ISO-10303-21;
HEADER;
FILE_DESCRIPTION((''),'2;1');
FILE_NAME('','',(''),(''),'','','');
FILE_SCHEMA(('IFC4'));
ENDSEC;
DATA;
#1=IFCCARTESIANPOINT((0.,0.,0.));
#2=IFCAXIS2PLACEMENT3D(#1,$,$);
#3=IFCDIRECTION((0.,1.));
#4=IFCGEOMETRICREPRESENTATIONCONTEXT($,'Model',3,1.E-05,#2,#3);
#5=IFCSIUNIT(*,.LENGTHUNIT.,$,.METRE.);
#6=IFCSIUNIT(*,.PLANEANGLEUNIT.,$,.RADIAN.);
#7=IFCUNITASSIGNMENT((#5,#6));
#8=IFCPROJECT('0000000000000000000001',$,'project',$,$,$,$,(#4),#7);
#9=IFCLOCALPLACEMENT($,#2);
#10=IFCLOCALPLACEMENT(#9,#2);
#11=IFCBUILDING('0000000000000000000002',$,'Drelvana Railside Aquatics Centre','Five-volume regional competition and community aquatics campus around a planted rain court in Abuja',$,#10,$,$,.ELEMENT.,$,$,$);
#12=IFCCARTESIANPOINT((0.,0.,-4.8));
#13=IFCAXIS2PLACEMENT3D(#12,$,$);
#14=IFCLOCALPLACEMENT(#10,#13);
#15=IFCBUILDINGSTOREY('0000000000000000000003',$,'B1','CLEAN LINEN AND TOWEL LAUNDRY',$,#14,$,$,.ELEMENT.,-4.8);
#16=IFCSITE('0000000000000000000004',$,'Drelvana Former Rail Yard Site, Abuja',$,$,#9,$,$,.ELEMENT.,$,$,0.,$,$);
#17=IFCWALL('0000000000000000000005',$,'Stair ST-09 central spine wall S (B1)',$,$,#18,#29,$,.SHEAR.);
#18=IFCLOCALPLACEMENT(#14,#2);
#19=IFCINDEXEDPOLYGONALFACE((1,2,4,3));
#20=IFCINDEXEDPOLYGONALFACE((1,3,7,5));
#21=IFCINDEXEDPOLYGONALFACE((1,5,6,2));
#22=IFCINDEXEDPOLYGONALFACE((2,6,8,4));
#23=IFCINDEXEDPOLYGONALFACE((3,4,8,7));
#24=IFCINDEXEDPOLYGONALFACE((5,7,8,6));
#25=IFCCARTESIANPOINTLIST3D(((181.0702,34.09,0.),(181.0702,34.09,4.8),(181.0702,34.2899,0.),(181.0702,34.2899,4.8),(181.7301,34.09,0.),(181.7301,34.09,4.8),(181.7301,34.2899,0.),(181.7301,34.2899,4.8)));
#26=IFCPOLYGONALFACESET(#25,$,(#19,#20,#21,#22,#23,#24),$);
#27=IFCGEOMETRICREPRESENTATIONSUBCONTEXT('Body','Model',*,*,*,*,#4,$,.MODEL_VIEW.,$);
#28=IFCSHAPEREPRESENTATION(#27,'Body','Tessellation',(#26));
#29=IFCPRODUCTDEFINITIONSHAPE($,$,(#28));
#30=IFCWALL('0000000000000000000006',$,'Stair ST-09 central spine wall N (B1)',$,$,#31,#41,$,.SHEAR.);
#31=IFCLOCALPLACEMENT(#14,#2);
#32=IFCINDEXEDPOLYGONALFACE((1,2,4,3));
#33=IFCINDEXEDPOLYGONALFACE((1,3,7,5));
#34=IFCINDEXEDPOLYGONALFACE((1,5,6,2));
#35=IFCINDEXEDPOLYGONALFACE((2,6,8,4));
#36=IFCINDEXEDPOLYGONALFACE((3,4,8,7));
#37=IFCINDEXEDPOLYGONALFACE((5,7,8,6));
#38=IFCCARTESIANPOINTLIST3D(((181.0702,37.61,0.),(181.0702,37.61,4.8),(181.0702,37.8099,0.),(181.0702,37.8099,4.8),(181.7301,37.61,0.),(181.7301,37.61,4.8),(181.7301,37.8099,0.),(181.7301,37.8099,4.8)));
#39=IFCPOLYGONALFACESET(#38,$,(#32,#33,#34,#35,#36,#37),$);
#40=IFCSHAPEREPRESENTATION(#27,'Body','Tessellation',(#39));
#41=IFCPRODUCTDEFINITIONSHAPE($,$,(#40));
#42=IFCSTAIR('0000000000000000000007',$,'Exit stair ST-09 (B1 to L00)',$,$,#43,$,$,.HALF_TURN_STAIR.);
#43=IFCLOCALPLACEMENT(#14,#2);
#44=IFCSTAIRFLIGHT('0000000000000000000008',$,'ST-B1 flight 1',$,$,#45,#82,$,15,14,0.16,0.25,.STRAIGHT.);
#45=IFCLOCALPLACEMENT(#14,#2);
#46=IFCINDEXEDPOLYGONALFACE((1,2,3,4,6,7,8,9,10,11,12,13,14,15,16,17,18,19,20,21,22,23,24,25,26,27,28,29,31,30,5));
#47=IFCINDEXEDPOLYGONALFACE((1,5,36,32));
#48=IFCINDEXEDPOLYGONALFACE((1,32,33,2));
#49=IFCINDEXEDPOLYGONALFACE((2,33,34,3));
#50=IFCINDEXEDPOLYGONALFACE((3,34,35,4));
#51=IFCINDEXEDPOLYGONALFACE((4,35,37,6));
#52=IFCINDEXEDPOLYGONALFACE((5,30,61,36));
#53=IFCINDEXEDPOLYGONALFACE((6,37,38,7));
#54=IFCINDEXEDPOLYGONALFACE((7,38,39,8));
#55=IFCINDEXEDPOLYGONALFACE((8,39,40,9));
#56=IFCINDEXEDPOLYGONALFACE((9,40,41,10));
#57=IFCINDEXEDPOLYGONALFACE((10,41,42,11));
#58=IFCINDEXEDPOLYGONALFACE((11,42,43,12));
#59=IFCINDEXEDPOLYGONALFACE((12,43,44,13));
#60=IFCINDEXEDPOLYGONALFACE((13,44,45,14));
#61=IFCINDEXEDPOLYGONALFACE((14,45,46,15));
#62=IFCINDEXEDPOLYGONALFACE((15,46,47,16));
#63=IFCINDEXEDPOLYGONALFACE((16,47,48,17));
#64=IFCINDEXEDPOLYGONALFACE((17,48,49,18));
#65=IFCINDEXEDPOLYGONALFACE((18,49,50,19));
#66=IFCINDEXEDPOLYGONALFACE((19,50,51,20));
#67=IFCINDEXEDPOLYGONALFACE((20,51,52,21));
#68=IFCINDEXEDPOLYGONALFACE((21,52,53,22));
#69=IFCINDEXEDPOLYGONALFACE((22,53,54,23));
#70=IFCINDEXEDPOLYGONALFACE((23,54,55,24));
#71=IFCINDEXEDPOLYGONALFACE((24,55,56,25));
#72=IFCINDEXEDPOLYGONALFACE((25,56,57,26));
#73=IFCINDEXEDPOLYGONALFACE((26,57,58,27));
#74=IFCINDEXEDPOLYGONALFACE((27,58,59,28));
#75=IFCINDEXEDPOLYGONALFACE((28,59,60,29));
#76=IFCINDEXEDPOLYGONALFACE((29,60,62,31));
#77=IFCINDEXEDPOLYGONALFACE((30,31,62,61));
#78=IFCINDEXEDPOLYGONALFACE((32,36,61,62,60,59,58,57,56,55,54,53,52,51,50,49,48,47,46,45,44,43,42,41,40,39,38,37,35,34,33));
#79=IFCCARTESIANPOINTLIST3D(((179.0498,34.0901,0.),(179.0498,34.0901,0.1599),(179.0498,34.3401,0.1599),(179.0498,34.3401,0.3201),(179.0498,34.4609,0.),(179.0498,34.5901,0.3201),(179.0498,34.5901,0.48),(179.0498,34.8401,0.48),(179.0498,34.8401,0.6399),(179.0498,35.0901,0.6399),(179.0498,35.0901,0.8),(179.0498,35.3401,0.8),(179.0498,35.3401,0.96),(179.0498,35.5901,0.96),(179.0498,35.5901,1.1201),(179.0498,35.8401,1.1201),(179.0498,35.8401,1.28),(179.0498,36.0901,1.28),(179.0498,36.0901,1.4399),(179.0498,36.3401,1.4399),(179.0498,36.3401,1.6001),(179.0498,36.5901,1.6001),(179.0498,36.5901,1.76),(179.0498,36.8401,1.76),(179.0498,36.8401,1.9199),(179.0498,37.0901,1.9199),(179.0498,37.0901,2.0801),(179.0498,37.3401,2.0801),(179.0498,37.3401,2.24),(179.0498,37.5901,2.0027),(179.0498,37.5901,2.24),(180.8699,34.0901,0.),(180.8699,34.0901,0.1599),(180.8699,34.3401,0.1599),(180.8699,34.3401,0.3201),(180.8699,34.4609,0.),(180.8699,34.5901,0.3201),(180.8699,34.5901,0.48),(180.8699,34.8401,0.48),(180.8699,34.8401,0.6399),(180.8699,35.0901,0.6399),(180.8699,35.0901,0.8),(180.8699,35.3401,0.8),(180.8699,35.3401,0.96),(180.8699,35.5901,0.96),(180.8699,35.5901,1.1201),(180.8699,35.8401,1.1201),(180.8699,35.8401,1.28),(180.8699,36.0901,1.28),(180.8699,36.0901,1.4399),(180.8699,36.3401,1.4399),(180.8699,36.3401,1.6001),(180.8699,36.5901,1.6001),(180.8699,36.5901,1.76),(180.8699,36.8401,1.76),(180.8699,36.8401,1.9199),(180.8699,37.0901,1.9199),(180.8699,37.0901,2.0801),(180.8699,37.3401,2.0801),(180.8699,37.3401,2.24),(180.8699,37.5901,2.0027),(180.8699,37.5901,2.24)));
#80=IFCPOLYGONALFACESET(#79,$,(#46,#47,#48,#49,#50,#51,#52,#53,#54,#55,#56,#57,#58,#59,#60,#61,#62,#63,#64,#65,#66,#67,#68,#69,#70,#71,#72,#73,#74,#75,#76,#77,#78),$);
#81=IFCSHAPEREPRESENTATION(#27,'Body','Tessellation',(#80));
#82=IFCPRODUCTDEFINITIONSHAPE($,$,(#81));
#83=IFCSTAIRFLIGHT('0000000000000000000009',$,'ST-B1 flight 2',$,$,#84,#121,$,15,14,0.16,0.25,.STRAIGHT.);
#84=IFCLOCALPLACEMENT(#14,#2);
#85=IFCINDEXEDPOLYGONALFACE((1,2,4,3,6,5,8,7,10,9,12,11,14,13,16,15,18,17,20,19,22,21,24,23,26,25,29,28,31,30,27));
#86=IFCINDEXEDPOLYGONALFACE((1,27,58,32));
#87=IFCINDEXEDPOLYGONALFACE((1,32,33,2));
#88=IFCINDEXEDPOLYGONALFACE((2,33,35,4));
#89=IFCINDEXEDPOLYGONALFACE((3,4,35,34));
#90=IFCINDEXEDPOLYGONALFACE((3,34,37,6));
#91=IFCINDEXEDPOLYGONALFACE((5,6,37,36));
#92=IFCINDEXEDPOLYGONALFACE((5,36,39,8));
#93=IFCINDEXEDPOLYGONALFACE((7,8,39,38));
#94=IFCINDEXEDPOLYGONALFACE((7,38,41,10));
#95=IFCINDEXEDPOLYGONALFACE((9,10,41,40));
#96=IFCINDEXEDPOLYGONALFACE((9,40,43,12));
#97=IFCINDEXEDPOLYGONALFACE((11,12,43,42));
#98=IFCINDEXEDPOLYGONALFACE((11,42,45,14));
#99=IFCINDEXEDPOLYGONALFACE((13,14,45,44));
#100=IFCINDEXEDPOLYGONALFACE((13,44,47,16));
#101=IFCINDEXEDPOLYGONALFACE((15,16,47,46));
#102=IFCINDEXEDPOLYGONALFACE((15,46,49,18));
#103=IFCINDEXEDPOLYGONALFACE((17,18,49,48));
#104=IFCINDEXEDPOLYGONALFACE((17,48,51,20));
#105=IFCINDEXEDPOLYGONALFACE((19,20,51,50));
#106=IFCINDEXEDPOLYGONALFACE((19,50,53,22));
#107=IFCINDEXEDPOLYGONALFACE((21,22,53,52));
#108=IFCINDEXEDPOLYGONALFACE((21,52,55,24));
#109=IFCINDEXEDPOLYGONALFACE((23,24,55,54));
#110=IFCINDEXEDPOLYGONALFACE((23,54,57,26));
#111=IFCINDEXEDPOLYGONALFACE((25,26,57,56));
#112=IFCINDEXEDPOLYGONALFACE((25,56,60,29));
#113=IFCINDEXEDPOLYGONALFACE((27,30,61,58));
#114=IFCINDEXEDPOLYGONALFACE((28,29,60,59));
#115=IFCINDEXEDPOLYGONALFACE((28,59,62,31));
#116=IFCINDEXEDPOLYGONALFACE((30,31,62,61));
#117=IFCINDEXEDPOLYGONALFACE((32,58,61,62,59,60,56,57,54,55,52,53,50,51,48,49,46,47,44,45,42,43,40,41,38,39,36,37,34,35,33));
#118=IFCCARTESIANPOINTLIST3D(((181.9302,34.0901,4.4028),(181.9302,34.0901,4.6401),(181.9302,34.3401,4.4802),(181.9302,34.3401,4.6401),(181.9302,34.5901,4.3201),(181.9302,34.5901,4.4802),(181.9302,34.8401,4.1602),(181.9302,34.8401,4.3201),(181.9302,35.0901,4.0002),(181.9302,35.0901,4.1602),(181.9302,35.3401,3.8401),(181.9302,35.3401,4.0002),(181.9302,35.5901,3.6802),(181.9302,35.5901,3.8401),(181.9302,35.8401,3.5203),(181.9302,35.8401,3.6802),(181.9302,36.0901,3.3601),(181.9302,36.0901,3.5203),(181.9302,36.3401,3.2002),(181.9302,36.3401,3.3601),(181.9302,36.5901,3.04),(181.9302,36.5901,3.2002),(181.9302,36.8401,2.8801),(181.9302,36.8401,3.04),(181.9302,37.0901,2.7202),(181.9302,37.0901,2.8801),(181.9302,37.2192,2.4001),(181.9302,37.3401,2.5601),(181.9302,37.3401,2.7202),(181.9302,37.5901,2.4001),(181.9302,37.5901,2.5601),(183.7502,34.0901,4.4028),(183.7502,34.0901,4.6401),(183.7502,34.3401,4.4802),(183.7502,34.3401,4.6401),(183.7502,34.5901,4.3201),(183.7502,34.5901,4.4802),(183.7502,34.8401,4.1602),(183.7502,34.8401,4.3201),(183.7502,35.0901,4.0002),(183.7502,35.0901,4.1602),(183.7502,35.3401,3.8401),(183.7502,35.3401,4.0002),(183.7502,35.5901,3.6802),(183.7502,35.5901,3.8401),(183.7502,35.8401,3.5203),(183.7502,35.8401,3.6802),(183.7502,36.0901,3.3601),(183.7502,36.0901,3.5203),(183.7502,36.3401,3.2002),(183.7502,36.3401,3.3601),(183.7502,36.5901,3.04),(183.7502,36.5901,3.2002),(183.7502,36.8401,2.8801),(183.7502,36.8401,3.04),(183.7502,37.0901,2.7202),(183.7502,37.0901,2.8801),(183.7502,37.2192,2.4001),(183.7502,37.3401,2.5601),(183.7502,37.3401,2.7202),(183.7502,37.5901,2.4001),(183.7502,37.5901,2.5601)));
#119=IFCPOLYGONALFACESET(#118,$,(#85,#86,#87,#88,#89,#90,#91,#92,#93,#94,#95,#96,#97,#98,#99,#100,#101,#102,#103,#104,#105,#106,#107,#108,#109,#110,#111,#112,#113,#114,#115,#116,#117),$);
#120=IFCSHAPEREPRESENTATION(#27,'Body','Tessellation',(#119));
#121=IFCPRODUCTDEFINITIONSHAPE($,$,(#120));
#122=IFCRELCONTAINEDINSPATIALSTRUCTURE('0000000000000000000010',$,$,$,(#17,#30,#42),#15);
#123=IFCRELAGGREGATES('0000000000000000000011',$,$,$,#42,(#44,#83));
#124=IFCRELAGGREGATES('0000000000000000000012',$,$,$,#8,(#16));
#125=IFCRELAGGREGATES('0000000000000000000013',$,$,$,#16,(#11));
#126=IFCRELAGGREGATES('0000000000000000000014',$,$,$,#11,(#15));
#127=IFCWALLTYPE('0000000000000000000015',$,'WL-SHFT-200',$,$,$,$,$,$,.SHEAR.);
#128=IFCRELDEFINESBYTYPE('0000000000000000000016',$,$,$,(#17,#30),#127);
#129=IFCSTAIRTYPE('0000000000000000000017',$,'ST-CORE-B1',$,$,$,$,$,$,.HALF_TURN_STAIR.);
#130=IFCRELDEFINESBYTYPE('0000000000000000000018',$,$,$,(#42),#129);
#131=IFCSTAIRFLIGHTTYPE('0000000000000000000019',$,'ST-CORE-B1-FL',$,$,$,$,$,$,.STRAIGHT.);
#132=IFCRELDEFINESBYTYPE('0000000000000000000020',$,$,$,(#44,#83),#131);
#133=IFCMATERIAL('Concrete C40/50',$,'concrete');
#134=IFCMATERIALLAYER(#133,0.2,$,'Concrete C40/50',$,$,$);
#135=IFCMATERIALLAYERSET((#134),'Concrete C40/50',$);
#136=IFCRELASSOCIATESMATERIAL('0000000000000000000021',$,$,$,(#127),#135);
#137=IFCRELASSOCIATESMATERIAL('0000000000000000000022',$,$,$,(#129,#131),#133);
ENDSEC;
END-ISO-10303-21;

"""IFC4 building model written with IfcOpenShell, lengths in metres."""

from ifc_helpers import new_model, si_unit, direction, frame, frame_2d, origin, place, context, subcontext, project, spatial, polyline, rectangle, outline, extrude, material, layer, layer_set, type_object, element, aggregate, save


model = new_model("IFC4")

# Units and contexts
model_context = context("Model", 3, precision=1e-05, world=origin(), true_north=direction((0.0, 1.0)))
body_context = subcontext(model_context, "Body", "Model", "MODEL_VIEW")
ifc_project = project(units=[si_unit("LENGTHUNIT", "METRE"), si_unit("PLANEANGLEUNIT", "RADIAN")], contexts=[model_context])

# Site, building, storey
site_placement = place(None, origin())
site = spatial("IfcSite", under=ifc_project, at=site_placement, Name="Drelvana Former Rail Yard Site, Abuja", CompositionType="ELEMENT", RefElevation=0.0)
building_placement = place(site_placement, origin())
building = spatial("IfcBuilding", under=site, at=building_placement, Name="Drelvana Railside Aquatics Centre", Description="Five-volume regional competition and community aquatics campus around a planted rain court in Abuja", CompositionType="ELEMENT")
storey_placement = place(building_placement, frame((0.0, 0.0, -4.8)))
storey = spatial("IfcBuildingStorey", under=building, at=storey_placement, Name="B1", Description="CLEAN LINEN AND TOWEL LAUNDRY", CompositionType="ELEMENT", Elevation=-4.8)

# Shared definitions
ifc_material_1 = material(Name="Concrete C40/50", Category="concrete")

# Walls
ifc_layer_1 = layer(ifc_material_1, 0.2, Name="Concrete C40/50")
ifc_layer_set_1 = layer_set([ifc_layer_1], Name="Concrete C40/50")
wall_type_1 = type_object("IfcWallType", Name="WL-SHFT-200", PredefinedType="SHEAR", material=ifc_layer_set_1)
for number, where, z_axis, x_axis, name in (
    (1, (181.0701, 34.1899, 0.0), (0.0, 0.0, 1.0), (1.0, 0.0, 0.0), "Stair ST-09 central spine wall S (B1)"),
    (2, (181.0701, 37.71, 0.0), (0.0, 0.0, 1.0), (1.0, 0.0, 0.0), "Stair ST-09 central spine wall N (B1)"),
):
    element("IfcWall", number, at=place(storey_placement, frame(where, z_axis=z_axis, x_axis=x_axis)), inside=storey, type_object=wall_type_1, Name=name, PredefinedType="SHEAR", context=body_context, shape_type="SweptSolid", body=[
        extrude(rectangle(XDim=0.6599, YDim=0.2, at=frame_2d((0.3301, 0.0))), origin(), (0.0, 0.0, 1.0), 4.8),
    ])

# Stair, stair flights
stair_type = type_object("IfcStairType", Name="ST-CORE-B1", PredefinedType="HALF_TURN_STAIR", material=ifc_material_1)
stair_placement = place(storey_placement, origin())
stair = element("IfcStair", 3, at=stair_placement, inside=storey, type_object=stair_type, Name="Exit stair ST-09 (B1 to L00)", PredefinedType="HALF_TURN_STAIR")
stair_flight_type = type_object("IfcStairFlightType", Name="ST-CORE-B1-FL", PredefinedType="STRAIGHT", material=ifc_material_1)
stair_flight_1_placement = place(storey_placement, frame((179.96, 34.0901, 0.0), z_axis=(0.0, 0.0, 1.0), x_axis=(0.0, 1.0, 0.0)))
stair_flight_1 = element("IfcStairFlight", 4, at=stair_flight_1_placement, type_object=stair_flight_type, Name="ST-B1 flight 1", NumberOfRisers=15, NumberOfTreads=14, PredefinedType="STRAIGHT", RiserHeight=0.16, TreadLength=0.25, context=body_context, shape_type="SweptSolid", body=[
    extrude(outline(polyline([(0.0, 0.0), (0.0, 0.1599), (0.25, 0.1599), (0.25, 0.3201), (0.5, 0.3201), (0.5, 0.48), (0.75, 0.48), (0.75, 0.6399), (1.0, 0.6399), (1.0, 0.8), (1.25, 0.8), (1.25, 0.96), (1.5, 0.96), (1.5, 1.1201), (1.75, 1.1201), (1.75, 1.28), (2.0, 1.28), (2.0, 1.4399), (2.25, 1.4399), (2.25, 1.6001), (2.5, 1.6001), (2.5, 1.76), (2.75, 1.76), (2.75, 1.9199), (3.0, 1.9199), (3.0, 2.0801), (3.25, 2.0801), (3.25, 2.24), (3.5, 2.24), (3.5, 2.3999), (3.5, 2.0027), (0.3708, 0.0), (0.0, 0.0)])), frame((0.0, 0.9102, 0.0), z_axis=(0.0, -1.0, 0.0), x_axis=(1.0, 0.0, 0.0)), (0.0, 0.0, 1.0), 1.8201),
])
stair_flight_2_placement = place(storey_placement, frame((182.8401, 37.5901, 2.4001), z_axis=(0.0, 0.0, 1.0), x_axis=(0.0, -1.0, 0.0)))
stair_flight_2 = element("IfcStairFlight", 5, at=stair_flight_2_placement, type_object=stair_flight_type, Name="ST-B1 flight 2", NumberOfRisers=15, NumberOfTreads=14, PredefinedType="STRAIGHT", RiserHeight=0.16, TreadLength=0.25, context=body_context, shape_type="SweptSolid", body=[
    extrude(outline(polyline([(0.0, 0.0), (0.0, 0.1599), (0.25, 0.1599), (0.25, 0.3201), (0.5, 0.3201), (0.5, 0.48), (0.75, 0.48), (0.75, 0.6399), (1.0, 0.6399), (1.0, 0.8), (1.25, 0.8), (1.25, 0.96), (1.5, 0.96), (1.5, 1.1201), (1.75, 1.1201), (1.75, 1.28), (2.0, 1.28), (2.0, 1.4399), (2.25, 1.4399), (2.25, 1.6001), (2.5, 1.6001), (2.5, 1.76), (2.75, 1.76), (2.75, 1.9199), (3.0, 1.9199), (3.0, 2.0801), (3.25, 2.0801), (3.25, 2.24), (3.5, 2.24), (3.5, 2.3999), (3.5, 2.0027), (0.3708, 0.0), (0.0, 0.0)])), frame((0.0, 0.9102, 0.0), z_axis=(0.0, -1.0, 0.0), x_axis=(1.0, 0.0, 0.0)), (0.0, 0.0, 1.0), 1.8201),
])
aggregate(stair, [stair_flight_1, stair_flight_2])

save(model, "model.ifc")
